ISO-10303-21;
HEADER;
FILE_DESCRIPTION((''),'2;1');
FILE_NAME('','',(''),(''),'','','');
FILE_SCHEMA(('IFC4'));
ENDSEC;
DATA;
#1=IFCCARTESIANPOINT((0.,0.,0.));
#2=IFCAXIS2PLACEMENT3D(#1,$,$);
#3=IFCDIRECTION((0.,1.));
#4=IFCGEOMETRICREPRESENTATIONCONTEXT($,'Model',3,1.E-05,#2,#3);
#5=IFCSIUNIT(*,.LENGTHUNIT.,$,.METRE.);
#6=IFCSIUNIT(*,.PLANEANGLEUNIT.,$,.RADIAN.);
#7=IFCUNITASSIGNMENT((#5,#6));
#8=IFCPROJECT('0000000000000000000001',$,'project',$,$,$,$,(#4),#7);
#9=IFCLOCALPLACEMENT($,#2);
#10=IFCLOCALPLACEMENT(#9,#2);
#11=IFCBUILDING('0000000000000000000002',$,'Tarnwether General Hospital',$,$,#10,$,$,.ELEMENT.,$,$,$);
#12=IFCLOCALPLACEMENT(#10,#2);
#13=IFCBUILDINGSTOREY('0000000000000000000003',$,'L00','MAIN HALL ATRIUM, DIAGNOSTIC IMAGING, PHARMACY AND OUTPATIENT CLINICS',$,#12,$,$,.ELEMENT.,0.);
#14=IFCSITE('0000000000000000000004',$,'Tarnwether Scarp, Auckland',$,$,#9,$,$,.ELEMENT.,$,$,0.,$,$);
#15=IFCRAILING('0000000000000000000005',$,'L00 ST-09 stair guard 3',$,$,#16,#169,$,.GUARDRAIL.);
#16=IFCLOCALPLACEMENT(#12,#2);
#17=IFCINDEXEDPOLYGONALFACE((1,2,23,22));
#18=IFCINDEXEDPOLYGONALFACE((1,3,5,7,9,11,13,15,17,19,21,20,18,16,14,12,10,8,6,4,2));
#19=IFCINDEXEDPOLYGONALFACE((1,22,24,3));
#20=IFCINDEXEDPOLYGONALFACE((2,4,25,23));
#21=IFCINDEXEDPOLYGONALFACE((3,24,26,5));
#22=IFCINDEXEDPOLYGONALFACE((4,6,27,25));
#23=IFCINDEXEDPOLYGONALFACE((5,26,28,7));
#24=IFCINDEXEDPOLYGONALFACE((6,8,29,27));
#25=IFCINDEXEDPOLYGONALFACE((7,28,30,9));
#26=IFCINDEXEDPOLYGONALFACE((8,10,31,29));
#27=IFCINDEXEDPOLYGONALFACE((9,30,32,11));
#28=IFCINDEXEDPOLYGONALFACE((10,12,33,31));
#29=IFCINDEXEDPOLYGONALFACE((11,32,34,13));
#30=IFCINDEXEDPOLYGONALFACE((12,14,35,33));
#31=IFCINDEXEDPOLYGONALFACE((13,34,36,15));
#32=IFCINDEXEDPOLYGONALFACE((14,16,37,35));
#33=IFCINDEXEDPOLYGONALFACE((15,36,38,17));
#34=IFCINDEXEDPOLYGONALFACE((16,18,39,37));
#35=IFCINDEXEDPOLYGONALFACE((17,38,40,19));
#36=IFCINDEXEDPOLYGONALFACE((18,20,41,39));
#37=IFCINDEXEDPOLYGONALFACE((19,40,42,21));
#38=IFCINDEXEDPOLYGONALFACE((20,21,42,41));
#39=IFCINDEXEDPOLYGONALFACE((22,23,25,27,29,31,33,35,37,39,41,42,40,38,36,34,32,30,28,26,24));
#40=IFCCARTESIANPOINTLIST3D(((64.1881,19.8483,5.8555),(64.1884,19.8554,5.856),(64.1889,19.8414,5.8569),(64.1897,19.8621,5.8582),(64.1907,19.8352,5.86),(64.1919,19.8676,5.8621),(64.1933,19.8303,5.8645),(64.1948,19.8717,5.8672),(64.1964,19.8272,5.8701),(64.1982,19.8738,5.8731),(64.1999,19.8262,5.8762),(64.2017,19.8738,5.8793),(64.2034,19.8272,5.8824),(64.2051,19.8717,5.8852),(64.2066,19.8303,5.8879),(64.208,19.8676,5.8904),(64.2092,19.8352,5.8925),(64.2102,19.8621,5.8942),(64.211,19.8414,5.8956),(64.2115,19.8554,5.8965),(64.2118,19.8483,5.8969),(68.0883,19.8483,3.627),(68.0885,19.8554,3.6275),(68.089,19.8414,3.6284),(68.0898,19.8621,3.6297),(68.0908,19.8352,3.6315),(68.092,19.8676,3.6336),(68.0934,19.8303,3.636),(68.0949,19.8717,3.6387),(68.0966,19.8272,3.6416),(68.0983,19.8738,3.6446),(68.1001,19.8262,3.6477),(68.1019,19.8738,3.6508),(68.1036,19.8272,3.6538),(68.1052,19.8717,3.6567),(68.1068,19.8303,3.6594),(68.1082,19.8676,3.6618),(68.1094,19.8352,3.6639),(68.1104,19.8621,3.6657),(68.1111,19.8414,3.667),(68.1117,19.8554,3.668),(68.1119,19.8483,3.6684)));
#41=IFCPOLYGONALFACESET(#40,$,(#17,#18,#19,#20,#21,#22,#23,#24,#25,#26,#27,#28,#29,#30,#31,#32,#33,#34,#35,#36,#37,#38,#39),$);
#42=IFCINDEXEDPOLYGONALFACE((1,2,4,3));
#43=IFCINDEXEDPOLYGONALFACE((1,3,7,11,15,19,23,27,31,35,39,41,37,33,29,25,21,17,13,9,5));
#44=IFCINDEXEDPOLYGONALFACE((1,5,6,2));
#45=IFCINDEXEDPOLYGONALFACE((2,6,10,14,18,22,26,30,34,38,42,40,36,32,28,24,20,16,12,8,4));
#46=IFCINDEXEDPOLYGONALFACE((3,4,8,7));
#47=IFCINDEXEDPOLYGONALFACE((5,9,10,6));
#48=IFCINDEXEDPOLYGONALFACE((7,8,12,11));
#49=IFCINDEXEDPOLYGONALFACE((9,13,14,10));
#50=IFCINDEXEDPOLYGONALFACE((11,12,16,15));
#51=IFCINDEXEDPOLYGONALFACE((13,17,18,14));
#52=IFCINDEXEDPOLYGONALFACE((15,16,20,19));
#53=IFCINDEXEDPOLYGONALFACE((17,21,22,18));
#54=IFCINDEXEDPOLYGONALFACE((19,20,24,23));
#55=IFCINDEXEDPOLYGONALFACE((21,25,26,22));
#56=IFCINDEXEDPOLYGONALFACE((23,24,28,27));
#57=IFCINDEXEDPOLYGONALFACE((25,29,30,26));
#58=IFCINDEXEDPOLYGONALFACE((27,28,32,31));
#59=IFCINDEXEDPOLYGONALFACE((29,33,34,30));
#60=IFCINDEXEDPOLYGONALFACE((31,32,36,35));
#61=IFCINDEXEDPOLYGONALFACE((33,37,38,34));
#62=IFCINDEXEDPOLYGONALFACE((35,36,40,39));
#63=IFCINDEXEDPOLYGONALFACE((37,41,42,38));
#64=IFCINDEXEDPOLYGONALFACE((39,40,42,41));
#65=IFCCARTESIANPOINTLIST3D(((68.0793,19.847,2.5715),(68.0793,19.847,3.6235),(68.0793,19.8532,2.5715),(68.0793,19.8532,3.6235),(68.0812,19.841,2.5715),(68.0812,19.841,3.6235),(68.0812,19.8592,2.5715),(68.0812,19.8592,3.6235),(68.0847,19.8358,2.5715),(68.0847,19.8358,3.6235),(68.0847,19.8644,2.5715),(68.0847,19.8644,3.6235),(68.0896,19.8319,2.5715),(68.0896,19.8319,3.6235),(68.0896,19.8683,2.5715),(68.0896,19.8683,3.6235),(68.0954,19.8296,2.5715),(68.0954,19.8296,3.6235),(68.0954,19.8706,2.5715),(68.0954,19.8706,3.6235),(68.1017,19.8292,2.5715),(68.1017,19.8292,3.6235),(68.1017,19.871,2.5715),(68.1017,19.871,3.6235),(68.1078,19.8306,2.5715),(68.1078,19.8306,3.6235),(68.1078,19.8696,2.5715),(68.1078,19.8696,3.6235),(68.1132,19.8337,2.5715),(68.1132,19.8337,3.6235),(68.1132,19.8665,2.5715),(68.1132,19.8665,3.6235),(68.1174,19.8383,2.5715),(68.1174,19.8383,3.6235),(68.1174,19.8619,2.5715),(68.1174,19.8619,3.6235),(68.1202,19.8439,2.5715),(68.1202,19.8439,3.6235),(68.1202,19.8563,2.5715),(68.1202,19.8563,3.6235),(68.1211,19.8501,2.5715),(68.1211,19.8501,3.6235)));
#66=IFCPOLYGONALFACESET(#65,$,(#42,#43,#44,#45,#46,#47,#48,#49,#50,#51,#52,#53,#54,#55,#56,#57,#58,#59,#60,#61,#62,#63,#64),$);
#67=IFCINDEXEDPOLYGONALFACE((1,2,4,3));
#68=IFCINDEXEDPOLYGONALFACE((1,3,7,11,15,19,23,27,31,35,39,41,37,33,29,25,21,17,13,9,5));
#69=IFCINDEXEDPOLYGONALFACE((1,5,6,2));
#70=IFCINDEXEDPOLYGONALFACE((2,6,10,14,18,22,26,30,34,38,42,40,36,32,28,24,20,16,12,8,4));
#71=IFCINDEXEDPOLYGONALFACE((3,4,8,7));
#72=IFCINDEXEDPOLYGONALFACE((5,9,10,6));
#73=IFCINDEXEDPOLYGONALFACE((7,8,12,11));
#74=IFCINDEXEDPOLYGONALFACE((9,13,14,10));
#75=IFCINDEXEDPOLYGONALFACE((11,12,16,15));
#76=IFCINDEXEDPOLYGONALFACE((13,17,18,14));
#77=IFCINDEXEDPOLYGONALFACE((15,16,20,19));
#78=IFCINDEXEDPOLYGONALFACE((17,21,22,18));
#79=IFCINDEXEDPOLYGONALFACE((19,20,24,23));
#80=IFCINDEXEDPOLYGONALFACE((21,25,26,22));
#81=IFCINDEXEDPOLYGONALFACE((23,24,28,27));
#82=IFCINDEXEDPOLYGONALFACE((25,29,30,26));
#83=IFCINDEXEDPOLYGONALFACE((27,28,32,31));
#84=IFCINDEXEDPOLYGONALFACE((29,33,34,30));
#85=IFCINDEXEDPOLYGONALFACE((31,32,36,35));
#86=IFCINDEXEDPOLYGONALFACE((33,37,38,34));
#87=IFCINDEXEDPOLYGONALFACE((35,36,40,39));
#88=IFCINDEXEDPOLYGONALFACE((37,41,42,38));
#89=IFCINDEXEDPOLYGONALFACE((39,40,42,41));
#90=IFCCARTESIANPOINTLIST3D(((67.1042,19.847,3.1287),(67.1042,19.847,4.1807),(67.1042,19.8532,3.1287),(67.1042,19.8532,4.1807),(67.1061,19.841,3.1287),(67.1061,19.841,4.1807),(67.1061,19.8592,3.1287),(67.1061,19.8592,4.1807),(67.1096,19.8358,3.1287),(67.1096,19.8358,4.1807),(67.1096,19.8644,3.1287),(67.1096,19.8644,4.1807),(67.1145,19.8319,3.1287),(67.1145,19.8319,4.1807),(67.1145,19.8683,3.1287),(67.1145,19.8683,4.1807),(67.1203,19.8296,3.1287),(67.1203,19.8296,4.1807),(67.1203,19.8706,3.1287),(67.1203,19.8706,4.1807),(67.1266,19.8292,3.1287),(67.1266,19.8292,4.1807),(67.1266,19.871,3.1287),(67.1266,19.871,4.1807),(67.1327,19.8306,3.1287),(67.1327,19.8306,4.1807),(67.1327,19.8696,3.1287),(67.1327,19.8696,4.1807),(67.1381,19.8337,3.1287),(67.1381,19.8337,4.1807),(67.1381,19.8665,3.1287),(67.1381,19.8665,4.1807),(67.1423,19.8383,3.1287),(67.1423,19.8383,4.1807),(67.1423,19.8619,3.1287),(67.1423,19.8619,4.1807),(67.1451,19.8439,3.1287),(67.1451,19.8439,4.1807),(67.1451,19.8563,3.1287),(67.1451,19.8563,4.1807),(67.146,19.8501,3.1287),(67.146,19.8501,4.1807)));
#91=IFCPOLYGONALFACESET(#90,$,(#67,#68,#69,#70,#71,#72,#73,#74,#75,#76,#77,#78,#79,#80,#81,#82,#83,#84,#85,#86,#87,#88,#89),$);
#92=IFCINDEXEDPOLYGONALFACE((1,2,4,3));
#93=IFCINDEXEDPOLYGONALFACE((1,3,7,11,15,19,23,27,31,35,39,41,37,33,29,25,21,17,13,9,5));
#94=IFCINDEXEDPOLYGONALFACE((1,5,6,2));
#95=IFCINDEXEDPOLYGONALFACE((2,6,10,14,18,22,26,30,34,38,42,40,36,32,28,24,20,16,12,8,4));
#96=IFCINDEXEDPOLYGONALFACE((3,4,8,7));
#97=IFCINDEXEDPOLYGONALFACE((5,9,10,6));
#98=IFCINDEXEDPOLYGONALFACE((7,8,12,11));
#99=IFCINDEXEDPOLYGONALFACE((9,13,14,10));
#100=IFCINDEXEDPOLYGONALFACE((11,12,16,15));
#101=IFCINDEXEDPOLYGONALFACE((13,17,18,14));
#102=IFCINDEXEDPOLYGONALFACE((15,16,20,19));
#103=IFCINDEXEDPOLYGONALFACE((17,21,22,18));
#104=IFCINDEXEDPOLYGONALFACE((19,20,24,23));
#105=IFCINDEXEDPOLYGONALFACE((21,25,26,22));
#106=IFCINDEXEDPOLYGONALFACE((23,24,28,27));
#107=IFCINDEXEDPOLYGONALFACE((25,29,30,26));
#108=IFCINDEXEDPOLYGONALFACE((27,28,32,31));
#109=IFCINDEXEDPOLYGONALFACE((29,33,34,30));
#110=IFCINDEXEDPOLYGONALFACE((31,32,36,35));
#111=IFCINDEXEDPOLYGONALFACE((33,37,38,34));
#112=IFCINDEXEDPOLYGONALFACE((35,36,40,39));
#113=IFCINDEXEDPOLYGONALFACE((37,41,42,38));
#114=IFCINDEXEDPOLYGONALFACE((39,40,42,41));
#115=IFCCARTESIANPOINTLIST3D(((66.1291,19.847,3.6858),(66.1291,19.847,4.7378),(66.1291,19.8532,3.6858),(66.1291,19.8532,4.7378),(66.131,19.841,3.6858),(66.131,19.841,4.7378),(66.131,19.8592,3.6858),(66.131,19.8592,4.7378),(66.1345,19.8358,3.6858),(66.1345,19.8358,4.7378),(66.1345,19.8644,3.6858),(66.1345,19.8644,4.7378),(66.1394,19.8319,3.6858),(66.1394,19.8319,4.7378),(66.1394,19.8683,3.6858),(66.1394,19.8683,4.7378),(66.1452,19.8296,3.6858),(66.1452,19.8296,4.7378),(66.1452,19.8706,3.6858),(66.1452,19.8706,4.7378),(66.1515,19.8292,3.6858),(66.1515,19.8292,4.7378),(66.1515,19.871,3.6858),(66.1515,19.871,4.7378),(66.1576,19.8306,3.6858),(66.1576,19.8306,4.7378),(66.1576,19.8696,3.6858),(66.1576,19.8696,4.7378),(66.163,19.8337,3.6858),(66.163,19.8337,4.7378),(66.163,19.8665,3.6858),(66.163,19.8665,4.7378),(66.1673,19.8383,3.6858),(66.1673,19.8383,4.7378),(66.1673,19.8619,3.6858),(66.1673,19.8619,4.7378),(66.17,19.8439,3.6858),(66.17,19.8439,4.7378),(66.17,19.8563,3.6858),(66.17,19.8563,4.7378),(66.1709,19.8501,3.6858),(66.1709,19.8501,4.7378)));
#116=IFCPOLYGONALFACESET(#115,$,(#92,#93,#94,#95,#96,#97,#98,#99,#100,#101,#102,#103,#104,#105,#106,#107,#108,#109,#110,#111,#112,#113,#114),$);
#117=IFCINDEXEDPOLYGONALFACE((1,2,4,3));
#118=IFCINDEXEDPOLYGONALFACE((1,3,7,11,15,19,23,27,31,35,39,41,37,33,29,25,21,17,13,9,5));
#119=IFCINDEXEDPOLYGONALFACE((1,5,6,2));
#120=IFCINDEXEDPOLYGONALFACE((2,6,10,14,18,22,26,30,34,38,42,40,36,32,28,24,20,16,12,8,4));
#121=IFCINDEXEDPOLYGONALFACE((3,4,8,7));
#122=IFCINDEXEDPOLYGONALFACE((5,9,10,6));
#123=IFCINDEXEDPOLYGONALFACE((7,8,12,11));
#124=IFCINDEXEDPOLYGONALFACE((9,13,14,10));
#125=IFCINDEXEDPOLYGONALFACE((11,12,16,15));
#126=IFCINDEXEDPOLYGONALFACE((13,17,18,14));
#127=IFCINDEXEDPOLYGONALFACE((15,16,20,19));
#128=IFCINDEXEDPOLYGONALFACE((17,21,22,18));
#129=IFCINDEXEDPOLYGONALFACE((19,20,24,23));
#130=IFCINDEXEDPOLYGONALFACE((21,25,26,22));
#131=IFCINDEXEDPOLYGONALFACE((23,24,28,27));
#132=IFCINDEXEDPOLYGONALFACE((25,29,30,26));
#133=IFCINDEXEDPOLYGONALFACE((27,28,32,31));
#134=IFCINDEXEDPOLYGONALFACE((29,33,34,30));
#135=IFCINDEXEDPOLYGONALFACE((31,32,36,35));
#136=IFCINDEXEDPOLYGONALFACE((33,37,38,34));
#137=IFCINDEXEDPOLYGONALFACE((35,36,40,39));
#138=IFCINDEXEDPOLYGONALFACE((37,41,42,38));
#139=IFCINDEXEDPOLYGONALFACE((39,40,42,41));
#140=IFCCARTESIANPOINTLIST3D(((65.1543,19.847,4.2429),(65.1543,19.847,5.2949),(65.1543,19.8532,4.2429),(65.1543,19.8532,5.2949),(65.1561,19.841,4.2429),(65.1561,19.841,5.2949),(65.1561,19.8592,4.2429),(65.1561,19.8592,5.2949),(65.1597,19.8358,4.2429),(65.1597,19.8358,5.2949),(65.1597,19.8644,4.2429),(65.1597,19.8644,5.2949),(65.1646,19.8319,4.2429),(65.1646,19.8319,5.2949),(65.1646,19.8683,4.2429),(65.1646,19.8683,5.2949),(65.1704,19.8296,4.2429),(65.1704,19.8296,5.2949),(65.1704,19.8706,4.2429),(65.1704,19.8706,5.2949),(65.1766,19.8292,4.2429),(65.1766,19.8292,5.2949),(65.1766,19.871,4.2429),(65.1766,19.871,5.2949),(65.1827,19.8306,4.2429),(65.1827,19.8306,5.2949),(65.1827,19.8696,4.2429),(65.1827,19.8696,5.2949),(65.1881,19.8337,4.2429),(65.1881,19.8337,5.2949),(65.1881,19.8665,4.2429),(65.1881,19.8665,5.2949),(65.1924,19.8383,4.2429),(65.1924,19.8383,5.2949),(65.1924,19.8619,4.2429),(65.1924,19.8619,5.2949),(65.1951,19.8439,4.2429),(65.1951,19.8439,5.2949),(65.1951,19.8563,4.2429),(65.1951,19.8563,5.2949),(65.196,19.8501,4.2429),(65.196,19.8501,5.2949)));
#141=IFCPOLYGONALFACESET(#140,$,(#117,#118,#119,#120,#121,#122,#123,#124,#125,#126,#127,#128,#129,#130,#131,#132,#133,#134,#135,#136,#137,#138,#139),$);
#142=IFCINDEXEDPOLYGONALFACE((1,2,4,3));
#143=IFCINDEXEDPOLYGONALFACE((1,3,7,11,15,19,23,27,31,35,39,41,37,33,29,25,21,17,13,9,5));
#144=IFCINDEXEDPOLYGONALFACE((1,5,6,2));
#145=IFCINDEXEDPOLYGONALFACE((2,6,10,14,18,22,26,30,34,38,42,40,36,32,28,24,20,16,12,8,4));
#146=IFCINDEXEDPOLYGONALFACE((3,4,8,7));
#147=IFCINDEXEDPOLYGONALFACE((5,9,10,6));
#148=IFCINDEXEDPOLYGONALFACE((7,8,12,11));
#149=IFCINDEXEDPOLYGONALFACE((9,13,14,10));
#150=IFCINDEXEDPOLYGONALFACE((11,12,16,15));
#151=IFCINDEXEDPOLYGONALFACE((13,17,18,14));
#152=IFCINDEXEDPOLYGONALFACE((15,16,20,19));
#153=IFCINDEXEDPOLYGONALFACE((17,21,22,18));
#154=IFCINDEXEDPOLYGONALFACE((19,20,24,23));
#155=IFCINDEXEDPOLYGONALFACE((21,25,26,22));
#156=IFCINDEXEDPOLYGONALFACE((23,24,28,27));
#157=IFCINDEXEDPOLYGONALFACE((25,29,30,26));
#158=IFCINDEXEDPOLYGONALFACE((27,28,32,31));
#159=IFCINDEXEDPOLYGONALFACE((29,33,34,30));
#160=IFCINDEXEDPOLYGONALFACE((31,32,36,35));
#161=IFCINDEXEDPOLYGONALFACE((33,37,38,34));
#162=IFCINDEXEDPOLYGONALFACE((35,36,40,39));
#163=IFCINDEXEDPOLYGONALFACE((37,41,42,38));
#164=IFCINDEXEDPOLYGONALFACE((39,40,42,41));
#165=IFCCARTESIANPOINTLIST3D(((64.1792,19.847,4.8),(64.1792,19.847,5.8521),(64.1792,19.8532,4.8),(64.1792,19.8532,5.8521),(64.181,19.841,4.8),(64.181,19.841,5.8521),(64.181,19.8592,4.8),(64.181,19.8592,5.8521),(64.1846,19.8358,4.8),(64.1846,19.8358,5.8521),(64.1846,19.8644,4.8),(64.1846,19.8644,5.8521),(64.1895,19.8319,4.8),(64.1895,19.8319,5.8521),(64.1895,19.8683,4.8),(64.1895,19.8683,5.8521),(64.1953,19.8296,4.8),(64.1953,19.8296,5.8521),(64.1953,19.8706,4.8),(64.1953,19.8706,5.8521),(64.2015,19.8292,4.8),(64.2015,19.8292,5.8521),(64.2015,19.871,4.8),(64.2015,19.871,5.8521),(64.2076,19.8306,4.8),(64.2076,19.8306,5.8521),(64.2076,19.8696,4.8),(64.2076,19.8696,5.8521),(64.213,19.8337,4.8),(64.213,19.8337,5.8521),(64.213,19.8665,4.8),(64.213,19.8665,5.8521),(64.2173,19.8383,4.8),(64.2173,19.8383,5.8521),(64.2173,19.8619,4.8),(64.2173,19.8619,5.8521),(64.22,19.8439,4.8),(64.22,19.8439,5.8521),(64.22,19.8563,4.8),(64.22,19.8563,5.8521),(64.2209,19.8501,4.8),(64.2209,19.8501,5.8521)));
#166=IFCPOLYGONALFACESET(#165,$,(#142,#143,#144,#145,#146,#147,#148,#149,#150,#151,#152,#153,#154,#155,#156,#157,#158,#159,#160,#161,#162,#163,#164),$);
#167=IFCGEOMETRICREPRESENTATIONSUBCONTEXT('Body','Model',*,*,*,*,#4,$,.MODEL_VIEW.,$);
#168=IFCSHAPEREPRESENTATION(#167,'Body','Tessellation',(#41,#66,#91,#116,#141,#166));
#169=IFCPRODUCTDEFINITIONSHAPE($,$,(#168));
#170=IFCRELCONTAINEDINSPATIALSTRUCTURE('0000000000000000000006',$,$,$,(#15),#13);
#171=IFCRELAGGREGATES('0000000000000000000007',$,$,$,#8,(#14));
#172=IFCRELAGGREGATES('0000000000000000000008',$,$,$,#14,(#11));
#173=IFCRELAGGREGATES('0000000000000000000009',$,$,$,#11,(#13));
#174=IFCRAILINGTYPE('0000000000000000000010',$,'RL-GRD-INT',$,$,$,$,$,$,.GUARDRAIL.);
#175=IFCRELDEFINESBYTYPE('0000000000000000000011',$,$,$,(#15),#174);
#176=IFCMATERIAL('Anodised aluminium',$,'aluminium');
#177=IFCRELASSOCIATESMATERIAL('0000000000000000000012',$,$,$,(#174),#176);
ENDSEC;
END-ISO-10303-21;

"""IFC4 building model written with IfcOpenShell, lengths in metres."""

from ifc_helpers import new_model, si_unit, direction, frame, origin, origin_2d, place, context, subcontext, project, spatial, circle, extrude, material, type_object, element, save


model = new_model("IFC4")

# Units and contexts
model_context = context("Model", 3, precision=1e-05, world=origin(), true_north=direction((0.0, 1.0)))
body_context = subcontext(model_context, "Body", "Model", "MODEL_VIEW")
ifc_project = project(units=[si_unit("LENGTHUNIT", "METRE"), si_unit("PLANEANGLEUNIT", "RADIAN")], contexts=[model_context])

# Site, building, storey
site_placement = place(None, origin())
site = spatial("IfcSite", under=ifc_project, at=site_placement, Name="Tarnwether Scarp, Auckland", CompositionType="ELEMENT", RefElevation=0.0)
building_placement = place(site_placement, origin())
building = spatial("IfcBuilding", under=site, at=building_placement, Name="Tarnwether General Hospital", CompositionType="ELEMENT")
storey_placement = place(building_placement, origin())
storey = spatial("IfcBuildingStorey", under=building, at=storey_placement, Name="L00", Description="MAIN HALL ATRIUM, DIAGNOSTIC IMAGING, PHARMACY AND OUTPATIENT CLINICS", CompositionType="ELEMENT", Elevation=0.0)

# Railing
ifc_material_1 = material(Name="Anodised aluminium", Category="aluminium")
railing_type_1 = type_object("IfcRailingType", Name="RL-GRD-INT", PredefinedType="GUARDRAIL", material=ifc_material_1)
railing_1_placement = place(storey_placement, frame((68.1001, 19.8501, 2.5715)))
element("IfcRailing", 1, at=railing_1_placement, inside=storey, type_object=railing_type_1, Name="L00 ST-09 stair guard 3", PredefinedType="GUARDRAIL", context=body_context, shape_type="SweptSolid", body=[
    extrude(circle(Radius=0.0239, at=origin_2d()), frame((0.0, 0.0, 1.0762), z_axis=(-0.868257, 0.0, 0.496116), x_axis=(0.0, -1.0, 0.0)), (0.0, 0.0, 1.0), 4.4919),
    extrude(circle(Radius=0.021, at=origin_2d()), origin(), (0.0, 0.0, 1.0), 1.052),
    extrude(circle(Radius=0.021, at=origin_2d()), frame((-0.9751, 0.0, 0.5571)), (0.0, 0.0, 1.0), 1.052),
    extrude(circle(Radius=0.021, at=origin_2d()), frame((-1.9502, 0.0, 1.1143)), (0.0, 0.0, 1.0), 1.052),
    extrude(circle(Radius=0.021, at=origin_2d()), frame((-2.925, 0.0, 1.6714)), (0.0, 0.0, 1.0), 1.052),
    extrude(circle(Radius=0.021, at=origin_2d()), frame((-3.9001, 0.0, 2.2285)), (0.0, 0.0, 1.0), 1.052),
])

save(model, "model.ifc")
